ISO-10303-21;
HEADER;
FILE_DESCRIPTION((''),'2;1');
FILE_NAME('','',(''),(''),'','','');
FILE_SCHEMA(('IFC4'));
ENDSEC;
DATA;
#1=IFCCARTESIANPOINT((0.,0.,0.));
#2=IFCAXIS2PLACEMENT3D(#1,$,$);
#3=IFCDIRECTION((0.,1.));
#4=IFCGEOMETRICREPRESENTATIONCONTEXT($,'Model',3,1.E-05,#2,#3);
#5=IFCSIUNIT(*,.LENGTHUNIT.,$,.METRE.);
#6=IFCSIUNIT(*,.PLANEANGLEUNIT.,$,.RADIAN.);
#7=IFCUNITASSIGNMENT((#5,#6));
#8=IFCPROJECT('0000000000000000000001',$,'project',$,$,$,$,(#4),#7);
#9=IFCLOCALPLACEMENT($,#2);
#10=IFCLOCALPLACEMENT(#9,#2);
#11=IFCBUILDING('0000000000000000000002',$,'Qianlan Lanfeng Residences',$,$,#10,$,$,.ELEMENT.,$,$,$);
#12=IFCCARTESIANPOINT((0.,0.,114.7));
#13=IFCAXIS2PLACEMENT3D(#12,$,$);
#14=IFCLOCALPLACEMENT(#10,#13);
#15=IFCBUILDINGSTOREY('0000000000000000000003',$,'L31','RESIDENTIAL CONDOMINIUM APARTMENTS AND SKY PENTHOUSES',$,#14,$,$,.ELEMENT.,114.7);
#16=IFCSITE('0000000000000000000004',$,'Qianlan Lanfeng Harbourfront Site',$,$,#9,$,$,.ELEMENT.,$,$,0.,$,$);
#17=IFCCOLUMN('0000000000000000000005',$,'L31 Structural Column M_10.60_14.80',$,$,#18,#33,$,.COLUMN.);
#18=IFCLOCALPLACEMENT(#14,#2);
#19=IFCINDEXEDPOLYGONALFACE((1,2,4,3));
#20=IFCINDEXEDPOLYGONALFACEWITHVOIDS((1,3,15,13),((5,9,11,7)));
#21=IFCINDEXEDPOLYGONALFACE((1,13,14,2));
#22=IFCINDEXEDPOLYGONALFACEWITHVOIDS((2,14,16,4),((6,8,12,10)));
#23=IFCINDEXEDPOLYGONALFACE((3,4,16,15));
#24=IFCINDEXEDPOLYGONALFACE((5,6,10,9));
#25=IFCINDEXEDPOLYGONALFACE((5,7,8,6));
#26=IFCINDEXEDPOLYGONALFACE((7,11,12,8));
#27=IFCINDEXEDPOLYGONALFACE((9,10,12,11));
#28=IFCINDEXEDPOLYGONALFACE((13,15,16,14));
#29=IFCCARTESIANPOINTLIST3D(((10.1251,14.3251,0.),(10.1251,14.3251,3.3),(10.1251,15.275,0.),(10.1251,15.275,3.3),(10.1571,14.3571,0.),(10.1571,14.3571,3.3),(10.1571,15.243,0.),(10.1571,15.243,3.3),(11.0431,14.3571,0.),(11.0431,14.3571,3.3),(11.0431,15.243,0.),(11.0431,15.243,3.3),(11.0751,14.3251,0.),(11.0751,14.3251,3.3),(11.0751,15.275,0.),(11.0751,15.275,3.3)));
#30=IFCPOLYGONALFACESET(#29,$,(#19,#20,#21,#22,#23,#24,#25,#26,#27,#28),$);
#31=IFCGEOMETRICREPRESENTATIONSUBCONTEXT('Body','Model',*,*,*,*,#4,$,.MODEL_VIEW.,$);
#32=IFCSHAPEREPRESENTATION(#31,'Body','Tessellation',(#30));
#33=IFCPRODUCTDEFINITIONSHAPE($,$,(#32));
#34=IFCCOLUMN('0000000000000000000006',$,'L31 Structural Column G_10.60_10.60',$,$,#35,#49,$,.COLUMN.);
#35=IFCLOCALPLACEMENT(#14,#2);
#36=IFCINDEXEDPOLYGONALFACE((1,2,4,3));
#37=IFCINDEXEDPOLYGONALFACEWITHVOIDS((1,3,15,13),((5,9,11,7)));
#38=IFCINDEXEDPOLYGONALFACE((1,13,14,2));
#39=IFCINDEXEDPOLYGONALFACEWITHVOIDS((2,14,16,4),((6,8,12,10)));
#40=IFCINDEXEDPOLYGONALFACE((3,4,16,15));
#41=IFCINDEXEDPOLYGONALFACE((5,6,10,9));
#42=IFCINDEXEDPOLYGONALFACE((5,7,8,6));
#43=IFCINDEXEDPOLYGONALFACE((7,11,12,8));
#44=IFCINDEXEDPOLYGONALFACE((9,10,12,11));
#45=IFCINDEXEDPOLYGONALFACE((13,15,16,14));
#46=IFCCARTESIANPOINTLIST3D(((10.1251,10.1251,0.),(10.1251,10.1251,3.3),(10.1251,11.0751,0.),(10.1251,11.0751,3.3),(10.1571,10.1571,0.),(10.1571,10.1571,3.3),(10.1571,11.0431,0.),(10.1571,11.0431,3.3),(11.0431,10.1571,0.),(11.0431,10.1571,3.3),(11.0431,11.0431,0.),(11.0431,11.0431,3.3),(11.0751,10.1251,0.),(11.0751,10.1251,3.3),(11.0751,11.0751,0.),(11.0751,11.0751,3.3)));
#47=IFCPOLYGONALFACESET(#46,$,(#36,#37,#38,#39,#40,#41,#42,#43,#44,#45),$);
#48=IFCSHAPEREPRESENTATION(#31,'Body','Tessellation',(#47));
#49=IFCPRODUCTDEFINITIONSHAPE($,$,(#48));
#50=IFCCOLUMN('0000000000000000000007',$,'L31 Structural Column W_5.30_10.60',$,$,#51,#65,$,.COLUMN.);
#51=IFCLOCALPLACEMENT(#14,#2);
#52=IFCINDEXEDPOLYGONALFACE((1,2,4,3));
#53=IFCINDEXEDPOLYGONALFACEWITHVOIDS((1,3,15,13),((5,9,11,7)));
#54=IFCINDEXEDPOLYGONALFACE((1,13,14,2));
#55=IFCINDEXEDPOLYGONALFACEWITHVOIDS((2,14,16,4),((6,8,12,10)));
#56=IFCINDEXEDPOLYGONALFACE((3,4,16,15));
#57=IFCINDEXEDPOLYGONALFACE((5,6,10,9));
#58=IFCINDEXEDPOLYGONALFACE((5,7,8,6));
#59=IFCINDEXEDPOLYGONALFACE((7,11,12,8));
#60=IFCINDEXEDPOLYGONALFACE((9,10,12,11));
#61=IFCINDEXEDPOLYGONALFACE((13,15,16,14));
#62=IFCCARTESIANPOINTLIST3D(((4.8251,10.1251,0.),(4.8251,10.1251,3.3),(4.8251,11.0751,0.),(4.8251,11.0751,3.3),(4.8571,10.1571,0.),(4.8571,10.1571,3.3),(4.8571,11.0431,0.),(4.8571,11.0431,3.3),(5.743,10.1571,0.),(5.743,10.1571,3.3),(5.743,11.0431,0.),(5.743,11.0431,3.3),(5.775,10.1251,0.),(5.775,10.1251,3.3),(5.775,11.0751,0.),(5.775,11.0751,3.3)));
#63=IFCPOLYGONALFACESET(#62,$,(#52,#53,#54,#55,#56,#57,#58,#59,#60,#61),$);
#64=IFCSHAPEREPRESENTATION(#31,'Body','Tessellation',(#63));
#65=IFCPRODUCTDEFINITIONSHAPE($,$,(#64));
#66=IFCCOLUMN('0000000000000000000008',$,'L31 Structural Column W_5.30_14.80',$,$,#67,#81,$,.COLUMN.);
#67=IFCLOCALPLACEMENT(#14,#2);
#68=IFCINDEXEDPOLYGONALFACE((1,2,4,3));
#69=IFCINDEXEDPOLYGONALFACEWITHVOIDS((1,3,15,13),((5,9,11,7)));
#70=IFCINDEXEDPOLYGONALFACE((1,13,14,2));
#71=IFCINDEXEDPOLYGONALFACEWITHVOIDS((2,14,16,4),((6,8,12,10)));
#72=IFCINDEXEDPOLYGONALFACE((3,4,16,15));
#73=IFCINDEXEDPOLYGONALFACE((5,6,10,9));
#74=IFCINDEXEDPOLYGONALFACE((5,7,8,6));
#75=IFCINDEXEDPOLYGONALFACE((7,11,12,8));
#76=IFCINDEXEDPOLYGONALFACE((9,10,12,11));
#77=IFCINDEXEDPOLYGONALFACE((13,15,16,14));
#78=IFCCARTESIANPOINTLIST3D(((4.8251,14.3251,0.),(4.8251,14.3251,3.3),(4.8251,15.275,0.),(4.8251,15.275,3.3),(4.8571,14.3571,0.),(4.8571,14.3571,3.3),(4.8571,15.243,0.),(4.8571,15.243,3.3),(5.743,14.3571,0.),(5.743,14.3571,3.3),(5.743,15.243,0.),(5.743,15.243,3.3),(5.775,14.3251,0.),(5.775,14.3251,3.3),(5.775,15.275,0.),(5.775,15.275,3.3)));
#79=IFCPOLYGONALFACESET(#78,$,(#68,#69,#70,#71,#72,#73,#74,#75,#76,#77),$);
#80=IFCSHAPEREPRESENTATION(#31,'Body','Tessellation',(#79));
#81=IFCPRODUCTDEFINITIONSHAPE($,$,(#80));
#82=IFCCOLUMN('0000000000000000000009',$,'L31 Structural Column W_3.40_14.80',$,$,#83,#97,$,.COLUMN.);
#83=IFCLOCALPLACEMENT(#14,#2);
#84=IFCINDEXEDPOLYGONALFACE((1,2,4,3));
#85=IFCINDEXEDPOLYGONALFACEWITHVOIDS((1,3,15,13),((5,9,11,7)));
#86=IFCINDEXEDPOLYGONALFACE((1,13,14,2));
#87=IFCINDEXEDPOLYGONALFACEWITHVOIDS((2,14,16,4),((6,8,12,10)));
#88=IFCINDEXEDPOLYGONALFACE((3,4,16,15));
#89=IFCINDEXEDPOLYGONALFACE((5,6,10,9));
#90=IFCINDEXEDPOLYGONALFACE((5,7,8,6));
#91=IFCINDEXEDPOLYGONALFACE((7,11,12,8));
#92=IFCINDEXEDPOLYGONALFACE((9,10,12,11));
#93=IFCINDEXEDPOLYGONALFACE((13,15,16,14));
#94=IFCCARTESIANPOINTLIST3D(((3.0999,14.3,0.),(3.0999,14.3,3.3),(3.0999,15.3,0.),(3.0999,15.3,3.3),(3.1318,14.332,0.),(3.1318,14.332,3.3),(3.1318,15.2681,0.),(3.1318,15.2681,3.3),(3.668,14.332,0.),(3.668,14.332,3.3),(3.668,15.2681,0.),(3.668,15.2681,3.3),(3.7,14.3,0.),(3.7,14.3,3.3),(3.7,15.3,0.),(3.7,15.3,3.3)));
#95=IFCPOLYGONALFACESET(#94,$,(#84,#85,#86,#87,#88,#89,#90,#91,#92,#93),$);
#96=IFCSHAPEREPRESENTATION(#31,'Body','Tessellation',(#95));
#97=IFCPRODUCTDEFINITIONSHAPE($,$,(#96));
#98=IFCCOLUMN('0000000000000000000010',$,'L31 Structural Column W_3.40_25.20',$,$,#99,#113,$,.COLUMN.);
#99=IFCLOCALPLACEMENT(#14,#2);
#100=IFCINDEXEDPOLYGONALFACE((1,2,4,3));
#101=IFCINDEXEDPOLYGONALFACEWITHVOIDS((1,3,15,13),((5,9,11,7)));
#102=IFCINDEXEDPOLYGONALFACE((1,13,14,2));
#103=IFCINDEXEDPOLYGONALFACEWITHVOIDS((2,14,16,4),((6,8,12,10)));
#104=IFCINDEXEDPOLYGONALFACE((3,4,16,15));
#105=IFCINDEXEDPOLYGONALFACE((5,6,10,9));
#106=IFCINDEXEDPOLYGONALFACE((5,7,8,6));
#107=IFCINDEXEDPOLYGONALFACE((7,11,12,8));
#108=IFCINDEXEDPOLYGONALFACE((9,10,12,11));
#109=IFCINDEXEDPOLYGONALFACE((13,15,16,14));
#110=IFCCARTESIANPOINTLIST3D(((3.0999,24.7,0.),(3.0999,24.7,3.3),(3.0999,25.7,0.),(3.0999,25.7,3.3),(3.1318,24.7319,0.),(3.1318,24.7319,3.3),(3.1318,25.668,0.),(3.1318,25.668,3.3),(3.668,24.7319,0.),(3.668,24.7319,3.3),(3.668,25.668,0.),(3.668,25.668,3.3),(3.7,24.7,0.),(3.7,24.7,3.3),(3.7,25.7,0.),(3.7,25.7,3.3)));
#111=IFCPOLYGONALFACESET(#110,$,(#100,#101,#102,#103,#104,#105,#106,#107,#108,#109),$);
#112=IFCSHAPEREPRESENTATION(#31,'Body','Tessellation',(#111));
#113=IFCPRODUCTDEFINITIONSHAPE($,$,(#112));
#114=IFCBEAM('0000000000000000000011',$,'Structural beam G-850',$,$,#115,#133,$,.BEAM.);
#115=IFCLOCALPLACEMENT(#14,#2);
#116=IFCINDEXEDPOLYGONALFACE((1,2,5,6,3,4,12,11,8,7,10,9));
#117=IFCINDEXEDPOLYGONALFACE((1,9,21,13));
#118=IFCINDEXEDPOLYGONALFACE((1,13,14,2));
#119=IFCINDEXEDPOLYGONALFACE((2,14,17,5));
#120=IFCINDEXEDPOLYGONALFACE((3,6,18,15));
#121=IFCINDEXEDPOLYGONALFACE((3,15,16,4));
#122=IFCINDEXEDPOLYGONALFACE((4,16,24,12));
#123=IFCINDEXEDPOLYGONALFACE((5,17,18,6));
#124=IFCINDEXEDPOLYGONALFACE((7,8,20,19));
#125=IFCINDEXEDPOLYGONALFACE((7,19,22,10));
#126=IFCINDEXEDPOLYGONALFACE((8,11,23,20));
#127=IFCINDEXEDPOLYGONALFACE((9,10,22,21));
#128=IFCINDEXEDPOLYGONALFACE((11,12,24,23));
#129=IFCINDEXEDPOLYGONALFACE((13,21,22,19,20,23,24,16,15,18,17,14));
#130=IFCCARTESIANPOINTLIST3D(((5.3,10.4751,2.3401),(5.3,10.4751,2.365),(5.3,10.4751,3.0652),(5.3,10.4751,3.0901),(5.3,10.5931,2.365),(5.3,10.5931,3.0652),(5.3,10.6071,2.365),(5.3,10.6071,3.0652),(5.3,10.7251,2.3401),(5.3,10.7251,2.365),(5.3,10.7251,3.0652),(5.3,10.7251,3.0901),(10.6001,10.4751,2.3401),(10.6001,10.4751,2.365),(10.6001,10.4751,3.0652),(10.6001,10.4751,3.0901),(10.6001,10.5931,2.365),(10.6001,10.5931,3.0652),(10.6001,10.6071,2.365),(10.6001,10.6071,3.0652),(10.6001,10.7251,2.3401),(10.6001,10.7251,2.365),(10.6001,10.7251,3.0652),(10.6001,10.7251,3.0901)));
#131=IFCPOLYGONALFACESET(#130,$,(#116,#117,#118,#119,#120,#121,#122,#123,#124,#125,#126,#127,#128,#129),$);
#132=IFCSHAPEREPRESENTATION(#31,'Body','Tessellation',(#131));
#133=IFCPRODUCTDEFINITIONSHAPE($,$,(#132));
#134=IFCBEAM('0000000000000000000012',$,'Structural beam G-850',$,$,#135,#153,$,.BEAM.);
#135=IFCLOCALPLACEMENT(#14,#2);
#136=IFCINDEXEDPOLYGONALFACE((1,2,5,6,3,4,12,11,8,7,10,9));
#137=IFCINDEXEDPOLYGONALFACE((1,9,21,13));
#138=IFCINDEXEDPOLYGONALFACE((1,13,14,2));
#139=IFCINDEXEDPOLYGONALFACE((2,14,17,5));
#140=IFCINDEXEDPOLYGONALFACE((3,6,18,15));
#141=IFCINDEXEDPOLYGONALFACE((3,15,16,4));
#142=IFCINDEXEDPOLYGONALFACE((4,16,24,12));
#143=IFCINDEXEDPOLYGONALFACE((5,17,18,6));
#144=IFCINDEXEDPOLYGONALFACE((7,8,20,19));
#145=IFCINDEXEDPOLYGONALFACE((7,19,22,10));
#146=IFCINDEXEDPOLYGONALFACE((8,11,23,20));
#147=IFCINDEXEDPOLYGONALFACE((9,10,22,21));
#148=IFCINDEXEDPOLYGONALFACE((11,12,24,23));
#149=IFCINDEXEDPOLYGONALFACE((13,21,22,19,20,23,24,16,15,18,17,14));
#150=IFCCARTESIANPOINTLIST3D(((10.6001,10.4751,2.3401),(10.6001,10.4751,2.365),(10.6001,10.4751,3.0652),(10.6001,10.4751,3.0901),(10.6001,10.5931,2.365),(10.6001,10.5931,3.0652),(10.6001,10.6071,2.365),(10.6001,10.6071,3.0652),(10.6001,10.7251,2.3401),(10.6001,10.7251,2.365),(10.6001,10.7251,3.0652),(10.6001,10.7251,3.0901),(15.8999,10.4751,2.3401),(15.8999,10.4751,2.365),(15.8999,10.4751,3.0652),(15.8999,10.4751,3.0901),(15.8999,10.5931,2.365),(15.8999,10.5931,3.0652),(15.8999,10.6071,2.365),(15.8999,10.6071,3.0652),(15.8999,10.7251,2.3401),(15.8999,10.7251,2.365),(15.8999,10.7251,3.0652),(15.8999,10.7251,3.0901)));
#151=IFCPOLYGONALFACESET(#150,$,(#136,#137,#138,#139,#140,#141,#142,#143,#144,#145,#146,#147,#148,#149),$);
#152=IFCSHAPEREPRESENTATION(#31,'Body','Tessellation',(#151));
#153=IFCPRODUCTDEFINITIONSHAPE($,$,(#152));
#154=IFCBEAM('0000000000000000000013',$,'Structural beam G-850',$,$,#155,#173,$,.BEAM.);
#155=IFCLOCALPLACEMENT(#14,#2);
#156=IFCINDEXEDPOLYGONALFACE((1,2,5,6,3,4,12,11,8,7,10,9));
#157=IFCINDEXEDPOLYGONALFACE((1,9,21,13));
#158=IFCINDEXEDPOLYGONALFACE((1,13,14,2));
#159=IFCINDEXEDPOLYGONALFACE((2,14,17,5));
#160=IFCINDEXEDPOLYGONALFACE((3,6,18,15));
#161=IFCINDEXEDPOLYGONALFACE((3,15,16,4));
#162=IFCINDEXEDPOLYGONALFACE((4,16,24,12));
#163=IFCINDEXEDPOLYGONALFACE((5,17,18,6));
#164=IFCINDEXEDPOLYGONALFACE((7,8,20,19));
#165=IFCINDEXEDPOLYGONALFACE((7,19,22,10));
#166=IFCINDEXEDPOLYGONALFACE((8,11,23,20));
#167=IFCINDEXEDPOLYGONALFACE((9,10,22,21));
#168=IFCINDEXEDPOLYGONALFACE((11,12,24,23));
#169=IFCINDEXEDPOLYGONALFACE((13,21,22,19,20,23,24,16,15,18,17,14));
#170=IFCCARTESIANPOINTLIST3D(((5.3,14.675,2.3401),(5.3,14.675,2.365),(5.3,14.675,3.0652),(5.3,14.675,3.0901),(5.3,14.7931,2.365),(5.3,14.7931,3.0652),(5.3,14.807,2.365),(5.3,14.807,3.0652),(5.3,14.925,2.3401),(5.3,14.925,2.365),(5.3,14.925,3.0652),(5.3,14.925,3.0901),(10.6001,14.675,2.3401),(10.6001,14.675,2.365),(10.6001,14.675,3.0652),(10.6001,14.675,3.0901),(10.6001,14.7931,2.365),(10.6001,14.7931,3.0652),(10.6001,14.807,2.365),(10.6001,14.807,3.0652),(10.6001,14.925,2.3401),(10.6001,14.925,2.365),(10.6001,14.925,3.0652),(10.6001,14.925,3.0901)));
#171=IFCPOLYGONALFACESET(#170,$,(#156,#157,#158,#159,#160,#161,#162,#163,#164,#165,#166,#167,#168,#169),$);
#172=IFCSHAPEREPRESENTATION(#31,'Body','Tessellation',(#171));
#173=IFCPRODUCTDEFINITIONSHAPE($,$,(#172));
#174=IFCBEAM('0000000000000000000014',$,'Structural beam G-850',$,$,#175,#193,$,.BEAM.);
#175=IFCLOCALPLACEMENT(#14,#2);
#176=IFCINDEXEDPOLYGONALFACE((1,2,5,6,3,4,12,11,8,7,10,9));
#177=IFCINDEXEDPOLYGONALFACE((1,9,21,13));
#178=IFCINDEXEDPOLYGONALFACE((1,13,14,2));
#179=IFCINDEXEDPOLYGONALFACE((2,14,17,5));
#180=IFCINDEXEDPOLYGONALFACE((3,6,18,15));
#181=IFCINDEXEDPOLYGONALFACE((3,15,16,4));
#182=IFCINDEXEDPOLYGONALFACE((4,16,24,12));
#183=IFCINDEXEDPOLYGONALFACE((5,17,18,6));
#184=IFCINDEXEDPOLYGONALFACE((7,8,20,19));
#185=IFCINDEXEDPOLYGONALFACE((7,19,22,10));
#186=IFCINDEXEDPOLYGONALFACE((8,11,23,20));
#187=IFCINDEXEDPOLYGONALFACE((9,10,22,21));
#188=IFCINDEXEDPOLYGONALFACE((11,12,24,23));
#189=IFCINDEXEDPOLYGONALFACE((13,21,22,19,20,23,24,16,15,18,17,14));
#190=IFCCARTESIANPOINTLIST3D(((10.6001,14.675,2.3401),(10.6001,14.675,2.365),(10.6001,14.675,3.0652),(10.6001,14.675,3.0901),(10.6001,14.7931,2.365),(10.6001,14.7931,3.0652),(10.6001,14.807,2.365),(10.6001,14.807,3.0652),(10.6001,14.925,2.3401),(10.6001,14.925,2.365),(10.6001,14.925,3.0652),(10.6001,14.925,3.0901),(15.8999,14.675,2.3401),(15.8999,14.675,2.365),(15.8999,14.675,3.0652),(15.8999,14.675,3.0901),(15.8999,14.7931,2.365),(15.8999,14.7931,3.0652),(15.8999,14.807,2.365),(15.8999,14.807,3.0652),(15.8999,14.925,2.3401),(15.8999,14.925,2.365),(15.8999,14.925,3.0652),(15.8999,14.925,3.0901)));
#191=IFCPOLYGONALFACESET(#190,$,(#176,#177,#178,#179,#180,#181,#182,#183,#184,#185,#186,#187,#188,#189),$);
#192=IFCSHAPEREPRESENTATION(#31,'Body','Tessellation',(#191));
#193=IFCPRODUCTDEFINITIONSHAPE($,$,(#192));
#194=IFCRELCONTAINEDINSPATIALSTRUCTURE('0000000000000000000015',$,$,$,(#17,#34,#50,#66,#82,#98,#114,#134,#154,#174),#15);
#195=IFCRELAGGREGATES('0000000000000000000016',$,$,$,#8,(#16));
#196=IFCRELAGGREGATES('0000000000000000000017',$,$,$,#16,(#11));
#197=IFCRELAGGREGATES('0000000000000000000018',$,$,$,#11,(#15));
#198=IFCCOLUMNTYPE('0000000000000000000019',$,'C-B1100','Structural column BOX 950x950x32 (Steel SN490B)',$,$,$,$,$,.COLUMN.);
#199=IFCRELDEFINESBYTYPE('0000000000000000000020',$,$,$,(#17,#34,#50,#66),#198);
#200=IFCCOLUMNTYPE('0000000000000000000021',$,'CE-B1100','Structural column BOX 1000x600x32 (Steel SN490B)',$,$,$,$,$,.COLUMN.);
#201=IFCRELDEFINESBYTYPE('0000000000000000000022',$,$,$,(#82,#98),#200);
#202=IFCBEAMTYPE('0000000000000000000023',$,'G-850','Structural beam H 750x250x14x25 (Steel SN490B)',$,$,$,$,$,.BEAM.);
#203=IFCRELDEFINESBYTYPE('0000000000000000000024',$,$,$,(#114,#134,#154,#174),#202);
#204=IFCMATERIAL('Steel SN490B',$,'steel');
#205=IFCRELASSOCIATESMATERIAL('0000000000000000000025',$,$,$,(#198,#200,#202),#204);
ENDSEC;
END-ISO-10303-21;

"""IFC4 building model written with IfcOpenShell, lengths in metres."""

from ifc_helpers import new_model, si_unit, direction, frame, origin, origin_2d, place, context, subcontext, project, spatial, hollow_rectangle, i_section, extrude, material, material_profile, profile_set, type_object, element, save


model = new_model("IFC4")

# Units and contexts
model_context = context("Model", 3, precision=1e-05, world=origin(), true_north=direction((0.0, 1.0)))
body_context = subcontext(model_context, "Body", "Model", "MODEL_VIEW")
ifc_project = project(units=[si_unit("LENGTHUNIT", "METRE"), si_unit("PLANEANGLEUNIT", "RADIAN")], contexts=[model_context])

# Site, building, storey
site_placement = place(None, origin())
site = spatial("IfcSite", under=ifc_project, at=site_placement, Name="Qianlan Lanfeng Harbourfront Site", CompositionType="ELEMENT", RefElevation=0.0)
building_placement = place(site_placement, origin())
building = spatial("IfcBuilding", under=site, at=building_placement, Name="Qianlan Lanfeng Residences", CompositionType="ELEMENT")
storey_placement = place(building_placement, frame((0.0, 0.0, 114.7)))
storey = spatial("IfcBuildingStorey", under=building, at=storey_placement, Name="L31", Description="RESIDENTIAL CONDOMINIUM APARTMENTS AND SKY PENTHOUSES", CompositionType="ELEMENT", Elevation=114.7)

# Columns
ifc_material_1 = material(Name="Steel SN490B", Category="steel")
ifc_material_profile_1 = material_profile(ifc_material_1, hollow_rectangle(XDim=0.95, YDim=0.95, WallThickness=0.032, at=origin_2d()), Name="BOX 950x950x32")
ifc_profile_set_1 = profile_set([ifc_material_profile_1], Name="Steel SN490B")
column_type_1 = type_object("IfcColumnType", Name="C-B1100", Description="Structural column BOX 950x950x32 (Steel SN490B)", PredefinedType="COLUMN", material=ifc_profile_set_1)
for number, where, z_axis, x_axis, name in (
    (1, (10.6001, 14.8, 0.0), (0.0, 0.0, 1.0), (1.0, 0.0, 0.0), "L31 Structural Column M_10.60_14.80"),
    (2, (10.6001, 10.6001, 0.0), (0.0, 0.0, 1.0), (1.0, 0.0, 0.0), "L31 Structural Column G_10.60_10.60"),
    (3, (5.3, 10.6001, 0.0), (0.0, 0.0, 1.0), (1.0, 0.0, 0.0), "L31 Structural Column W_5.30_10.60"),
    (4, (5.3, 14.8, 0.0), (0.0, 0.0, 1.0), (1.0, 0.0, 0.0), "L31 Structural Column W_5.30_14.80"),
):
    element("IfcColumn", number, at=place(storey_placement, frame(where, z_axis=z_axis, x_axis=x_axis)), inside=storey, type_object=column_type_1, Name=name, PredefinedType="COLUMN", context=body_context, shape_type="SweptSolid", body=[
        extrude(hollow_rectangle(XDim=0.95, YDim=0.95, WallThickness=0.032, at=origin_2d()), origin(), (0.0, 0.0, 1.0), 3.3),
    ])
ifc_material_profile_2 = material_profile(ifc_material_1, hollow_rectangle(XDim=0.6001, YDim=1.0, WallThickness=0.032, at=origin_2d()), Name="BOX 1000x600x32")
ifc_profile_set_2 = profile_set([ifc_material_profile_2], Name="Steel SN490B")
column_type_2 = type_object("IfcColumnType", Name="CE-B1100", Description="Structural column BOX 1000x600x32 (Steel SN490B)", PredefinedType="COLUMN", material=ifc_profile_set_2)
for number, where, z_axis, x_axis, name in (
    (5, (3.3999, 14.8, 0.0), (0.0, 0.0, 1.0), (1.0, 0.0, 0.0), "L31 Structural Column W_3.40_14.80"),
    (6, (3.3999, 25.2, 0.0), (0.0, 0.0, 1.0), (1.0, 0.0, 0.0), "L31 Structural Column W_3.40_25.20"),
):
    element("IfcColumn", number, at=place(storey_placement, frame(where, z_axis=z_axis, x_axis=x_axis)), inside=storey, type_object=column_type_2, Name=name, PredefinedType="COLUMN", context=body_context, shape_type="SweptSolid", body=[
        extrude(hollow_rectangle(XDim=0.6001, YDim=1.0, WallThickness=0.032, at=origin_2d()), origin(), (0.0, 0.0, 1.0), 3.3),
    ])

# Beams
ifc_material_profile_3 = material_profile(ifc_material_1, i_section(OverallWidth=0.25, OverallDepth=0.75, WebThickness=0.0139, FlangeThickness=0.0249, at=origin_2d()), Name="H 750x250x14x25")
ifc_profile_set_3 = profile_set([ifc_material_profile_3], Name="Steel SN490B")
beam_type_1 = type_object("IfcBeamType", Name="G-850", Description="Structural beam H 750x250x14x25 (Steel SN490B)", PredefinedType="BEAM", material=ifc_profile_set_3)
beam_1_placement = place(storey_placement, frame((5.3, 10.6001, 2.7151), z_axis=(1.0, 0.0, 0.0), x_axis=(0.0, 1.0, 0.0)))
element("IfcBeam", 7, at=beam_1_placement, inside=storey, type_object=beam_type_1, Name="Structural beam G-850", PredefinedType="BEAM", context=body_context, shape_type="SweptSolid", body=[
    extrude(i_section(OverallWidth=0.25, OverallDepth=0.75, WebThickness=0.0139, FlangeThickness=0.0249, at=origin_2d()), origin(), (0.0, 0.0, 1.0), 5.3),
])
beam_2_placement = place(storey_placement, frame((10.6001, 10.6001, 2.7151), z_axis=(1.0, 0.0, 0.0), x_axis=(0.0, 1.0, 0.0)))
element("IfcBeam", 8, at=beam_2_placement, inside=storey, type_object=beam_type_1, Name="Structural beam G-850", PredefinedType="BEAM", context=body_context, shape_type="SweptSolid", body=[
    extrude(i_section(OverallWidth=0.25, OverallDepth=0.75, WebThickness=0.0139, FlangeThickness=0.0249, at=origin_2d()), origin(), (0.0, 0.0, 1.0), 5.2998),
])
beam_3_placement = place(storey_placement, frame((5.3, 14.8, 2.7151), z_axis=(1.0, 0.0, 0.0), x_axis=(0.0, 1.0, 0.0)))
element("IfcBeam", 9, at=beam_3_placement, inside=storey, type_object=beam_type_1, Name="Structural beam G-850", PredefinedType="BEAM", context=body_context, shape_type="SweptSolid", body=[
    extrude(i_section(OverallWidth=0.25, OverallDepth=0.75, WebThickness=0.0139, FlangeThickness=0.0249, at=origin_2d()), origin(), (0.0, 0.0, 1.0), 5.3),
])
beam_4_placement = place(storey_placement, frame((10.6001, 14.8, 2.7151), z_axis=(1.0, 0.0, 0.0), x_axis=(0.0, 1.0, 0.0)))
element("IfcBeam", 10, at=beam_4_placement, inside=storey, type_object=beam_type_1, Name="Structural beam G-850", PredefinedType="BEAM", context=body_context, shape_type="SweptSolid", body=[
    extrude(i_section(OverallWidth=0.25, OverallDepth=0.75, WebThickness=0.0139, FlangeThickness=0.0249, at=origin_2d()), origin(), (0.0, 0.0, 1.0), 5.2998),
])

save(model, "model.ifc")
